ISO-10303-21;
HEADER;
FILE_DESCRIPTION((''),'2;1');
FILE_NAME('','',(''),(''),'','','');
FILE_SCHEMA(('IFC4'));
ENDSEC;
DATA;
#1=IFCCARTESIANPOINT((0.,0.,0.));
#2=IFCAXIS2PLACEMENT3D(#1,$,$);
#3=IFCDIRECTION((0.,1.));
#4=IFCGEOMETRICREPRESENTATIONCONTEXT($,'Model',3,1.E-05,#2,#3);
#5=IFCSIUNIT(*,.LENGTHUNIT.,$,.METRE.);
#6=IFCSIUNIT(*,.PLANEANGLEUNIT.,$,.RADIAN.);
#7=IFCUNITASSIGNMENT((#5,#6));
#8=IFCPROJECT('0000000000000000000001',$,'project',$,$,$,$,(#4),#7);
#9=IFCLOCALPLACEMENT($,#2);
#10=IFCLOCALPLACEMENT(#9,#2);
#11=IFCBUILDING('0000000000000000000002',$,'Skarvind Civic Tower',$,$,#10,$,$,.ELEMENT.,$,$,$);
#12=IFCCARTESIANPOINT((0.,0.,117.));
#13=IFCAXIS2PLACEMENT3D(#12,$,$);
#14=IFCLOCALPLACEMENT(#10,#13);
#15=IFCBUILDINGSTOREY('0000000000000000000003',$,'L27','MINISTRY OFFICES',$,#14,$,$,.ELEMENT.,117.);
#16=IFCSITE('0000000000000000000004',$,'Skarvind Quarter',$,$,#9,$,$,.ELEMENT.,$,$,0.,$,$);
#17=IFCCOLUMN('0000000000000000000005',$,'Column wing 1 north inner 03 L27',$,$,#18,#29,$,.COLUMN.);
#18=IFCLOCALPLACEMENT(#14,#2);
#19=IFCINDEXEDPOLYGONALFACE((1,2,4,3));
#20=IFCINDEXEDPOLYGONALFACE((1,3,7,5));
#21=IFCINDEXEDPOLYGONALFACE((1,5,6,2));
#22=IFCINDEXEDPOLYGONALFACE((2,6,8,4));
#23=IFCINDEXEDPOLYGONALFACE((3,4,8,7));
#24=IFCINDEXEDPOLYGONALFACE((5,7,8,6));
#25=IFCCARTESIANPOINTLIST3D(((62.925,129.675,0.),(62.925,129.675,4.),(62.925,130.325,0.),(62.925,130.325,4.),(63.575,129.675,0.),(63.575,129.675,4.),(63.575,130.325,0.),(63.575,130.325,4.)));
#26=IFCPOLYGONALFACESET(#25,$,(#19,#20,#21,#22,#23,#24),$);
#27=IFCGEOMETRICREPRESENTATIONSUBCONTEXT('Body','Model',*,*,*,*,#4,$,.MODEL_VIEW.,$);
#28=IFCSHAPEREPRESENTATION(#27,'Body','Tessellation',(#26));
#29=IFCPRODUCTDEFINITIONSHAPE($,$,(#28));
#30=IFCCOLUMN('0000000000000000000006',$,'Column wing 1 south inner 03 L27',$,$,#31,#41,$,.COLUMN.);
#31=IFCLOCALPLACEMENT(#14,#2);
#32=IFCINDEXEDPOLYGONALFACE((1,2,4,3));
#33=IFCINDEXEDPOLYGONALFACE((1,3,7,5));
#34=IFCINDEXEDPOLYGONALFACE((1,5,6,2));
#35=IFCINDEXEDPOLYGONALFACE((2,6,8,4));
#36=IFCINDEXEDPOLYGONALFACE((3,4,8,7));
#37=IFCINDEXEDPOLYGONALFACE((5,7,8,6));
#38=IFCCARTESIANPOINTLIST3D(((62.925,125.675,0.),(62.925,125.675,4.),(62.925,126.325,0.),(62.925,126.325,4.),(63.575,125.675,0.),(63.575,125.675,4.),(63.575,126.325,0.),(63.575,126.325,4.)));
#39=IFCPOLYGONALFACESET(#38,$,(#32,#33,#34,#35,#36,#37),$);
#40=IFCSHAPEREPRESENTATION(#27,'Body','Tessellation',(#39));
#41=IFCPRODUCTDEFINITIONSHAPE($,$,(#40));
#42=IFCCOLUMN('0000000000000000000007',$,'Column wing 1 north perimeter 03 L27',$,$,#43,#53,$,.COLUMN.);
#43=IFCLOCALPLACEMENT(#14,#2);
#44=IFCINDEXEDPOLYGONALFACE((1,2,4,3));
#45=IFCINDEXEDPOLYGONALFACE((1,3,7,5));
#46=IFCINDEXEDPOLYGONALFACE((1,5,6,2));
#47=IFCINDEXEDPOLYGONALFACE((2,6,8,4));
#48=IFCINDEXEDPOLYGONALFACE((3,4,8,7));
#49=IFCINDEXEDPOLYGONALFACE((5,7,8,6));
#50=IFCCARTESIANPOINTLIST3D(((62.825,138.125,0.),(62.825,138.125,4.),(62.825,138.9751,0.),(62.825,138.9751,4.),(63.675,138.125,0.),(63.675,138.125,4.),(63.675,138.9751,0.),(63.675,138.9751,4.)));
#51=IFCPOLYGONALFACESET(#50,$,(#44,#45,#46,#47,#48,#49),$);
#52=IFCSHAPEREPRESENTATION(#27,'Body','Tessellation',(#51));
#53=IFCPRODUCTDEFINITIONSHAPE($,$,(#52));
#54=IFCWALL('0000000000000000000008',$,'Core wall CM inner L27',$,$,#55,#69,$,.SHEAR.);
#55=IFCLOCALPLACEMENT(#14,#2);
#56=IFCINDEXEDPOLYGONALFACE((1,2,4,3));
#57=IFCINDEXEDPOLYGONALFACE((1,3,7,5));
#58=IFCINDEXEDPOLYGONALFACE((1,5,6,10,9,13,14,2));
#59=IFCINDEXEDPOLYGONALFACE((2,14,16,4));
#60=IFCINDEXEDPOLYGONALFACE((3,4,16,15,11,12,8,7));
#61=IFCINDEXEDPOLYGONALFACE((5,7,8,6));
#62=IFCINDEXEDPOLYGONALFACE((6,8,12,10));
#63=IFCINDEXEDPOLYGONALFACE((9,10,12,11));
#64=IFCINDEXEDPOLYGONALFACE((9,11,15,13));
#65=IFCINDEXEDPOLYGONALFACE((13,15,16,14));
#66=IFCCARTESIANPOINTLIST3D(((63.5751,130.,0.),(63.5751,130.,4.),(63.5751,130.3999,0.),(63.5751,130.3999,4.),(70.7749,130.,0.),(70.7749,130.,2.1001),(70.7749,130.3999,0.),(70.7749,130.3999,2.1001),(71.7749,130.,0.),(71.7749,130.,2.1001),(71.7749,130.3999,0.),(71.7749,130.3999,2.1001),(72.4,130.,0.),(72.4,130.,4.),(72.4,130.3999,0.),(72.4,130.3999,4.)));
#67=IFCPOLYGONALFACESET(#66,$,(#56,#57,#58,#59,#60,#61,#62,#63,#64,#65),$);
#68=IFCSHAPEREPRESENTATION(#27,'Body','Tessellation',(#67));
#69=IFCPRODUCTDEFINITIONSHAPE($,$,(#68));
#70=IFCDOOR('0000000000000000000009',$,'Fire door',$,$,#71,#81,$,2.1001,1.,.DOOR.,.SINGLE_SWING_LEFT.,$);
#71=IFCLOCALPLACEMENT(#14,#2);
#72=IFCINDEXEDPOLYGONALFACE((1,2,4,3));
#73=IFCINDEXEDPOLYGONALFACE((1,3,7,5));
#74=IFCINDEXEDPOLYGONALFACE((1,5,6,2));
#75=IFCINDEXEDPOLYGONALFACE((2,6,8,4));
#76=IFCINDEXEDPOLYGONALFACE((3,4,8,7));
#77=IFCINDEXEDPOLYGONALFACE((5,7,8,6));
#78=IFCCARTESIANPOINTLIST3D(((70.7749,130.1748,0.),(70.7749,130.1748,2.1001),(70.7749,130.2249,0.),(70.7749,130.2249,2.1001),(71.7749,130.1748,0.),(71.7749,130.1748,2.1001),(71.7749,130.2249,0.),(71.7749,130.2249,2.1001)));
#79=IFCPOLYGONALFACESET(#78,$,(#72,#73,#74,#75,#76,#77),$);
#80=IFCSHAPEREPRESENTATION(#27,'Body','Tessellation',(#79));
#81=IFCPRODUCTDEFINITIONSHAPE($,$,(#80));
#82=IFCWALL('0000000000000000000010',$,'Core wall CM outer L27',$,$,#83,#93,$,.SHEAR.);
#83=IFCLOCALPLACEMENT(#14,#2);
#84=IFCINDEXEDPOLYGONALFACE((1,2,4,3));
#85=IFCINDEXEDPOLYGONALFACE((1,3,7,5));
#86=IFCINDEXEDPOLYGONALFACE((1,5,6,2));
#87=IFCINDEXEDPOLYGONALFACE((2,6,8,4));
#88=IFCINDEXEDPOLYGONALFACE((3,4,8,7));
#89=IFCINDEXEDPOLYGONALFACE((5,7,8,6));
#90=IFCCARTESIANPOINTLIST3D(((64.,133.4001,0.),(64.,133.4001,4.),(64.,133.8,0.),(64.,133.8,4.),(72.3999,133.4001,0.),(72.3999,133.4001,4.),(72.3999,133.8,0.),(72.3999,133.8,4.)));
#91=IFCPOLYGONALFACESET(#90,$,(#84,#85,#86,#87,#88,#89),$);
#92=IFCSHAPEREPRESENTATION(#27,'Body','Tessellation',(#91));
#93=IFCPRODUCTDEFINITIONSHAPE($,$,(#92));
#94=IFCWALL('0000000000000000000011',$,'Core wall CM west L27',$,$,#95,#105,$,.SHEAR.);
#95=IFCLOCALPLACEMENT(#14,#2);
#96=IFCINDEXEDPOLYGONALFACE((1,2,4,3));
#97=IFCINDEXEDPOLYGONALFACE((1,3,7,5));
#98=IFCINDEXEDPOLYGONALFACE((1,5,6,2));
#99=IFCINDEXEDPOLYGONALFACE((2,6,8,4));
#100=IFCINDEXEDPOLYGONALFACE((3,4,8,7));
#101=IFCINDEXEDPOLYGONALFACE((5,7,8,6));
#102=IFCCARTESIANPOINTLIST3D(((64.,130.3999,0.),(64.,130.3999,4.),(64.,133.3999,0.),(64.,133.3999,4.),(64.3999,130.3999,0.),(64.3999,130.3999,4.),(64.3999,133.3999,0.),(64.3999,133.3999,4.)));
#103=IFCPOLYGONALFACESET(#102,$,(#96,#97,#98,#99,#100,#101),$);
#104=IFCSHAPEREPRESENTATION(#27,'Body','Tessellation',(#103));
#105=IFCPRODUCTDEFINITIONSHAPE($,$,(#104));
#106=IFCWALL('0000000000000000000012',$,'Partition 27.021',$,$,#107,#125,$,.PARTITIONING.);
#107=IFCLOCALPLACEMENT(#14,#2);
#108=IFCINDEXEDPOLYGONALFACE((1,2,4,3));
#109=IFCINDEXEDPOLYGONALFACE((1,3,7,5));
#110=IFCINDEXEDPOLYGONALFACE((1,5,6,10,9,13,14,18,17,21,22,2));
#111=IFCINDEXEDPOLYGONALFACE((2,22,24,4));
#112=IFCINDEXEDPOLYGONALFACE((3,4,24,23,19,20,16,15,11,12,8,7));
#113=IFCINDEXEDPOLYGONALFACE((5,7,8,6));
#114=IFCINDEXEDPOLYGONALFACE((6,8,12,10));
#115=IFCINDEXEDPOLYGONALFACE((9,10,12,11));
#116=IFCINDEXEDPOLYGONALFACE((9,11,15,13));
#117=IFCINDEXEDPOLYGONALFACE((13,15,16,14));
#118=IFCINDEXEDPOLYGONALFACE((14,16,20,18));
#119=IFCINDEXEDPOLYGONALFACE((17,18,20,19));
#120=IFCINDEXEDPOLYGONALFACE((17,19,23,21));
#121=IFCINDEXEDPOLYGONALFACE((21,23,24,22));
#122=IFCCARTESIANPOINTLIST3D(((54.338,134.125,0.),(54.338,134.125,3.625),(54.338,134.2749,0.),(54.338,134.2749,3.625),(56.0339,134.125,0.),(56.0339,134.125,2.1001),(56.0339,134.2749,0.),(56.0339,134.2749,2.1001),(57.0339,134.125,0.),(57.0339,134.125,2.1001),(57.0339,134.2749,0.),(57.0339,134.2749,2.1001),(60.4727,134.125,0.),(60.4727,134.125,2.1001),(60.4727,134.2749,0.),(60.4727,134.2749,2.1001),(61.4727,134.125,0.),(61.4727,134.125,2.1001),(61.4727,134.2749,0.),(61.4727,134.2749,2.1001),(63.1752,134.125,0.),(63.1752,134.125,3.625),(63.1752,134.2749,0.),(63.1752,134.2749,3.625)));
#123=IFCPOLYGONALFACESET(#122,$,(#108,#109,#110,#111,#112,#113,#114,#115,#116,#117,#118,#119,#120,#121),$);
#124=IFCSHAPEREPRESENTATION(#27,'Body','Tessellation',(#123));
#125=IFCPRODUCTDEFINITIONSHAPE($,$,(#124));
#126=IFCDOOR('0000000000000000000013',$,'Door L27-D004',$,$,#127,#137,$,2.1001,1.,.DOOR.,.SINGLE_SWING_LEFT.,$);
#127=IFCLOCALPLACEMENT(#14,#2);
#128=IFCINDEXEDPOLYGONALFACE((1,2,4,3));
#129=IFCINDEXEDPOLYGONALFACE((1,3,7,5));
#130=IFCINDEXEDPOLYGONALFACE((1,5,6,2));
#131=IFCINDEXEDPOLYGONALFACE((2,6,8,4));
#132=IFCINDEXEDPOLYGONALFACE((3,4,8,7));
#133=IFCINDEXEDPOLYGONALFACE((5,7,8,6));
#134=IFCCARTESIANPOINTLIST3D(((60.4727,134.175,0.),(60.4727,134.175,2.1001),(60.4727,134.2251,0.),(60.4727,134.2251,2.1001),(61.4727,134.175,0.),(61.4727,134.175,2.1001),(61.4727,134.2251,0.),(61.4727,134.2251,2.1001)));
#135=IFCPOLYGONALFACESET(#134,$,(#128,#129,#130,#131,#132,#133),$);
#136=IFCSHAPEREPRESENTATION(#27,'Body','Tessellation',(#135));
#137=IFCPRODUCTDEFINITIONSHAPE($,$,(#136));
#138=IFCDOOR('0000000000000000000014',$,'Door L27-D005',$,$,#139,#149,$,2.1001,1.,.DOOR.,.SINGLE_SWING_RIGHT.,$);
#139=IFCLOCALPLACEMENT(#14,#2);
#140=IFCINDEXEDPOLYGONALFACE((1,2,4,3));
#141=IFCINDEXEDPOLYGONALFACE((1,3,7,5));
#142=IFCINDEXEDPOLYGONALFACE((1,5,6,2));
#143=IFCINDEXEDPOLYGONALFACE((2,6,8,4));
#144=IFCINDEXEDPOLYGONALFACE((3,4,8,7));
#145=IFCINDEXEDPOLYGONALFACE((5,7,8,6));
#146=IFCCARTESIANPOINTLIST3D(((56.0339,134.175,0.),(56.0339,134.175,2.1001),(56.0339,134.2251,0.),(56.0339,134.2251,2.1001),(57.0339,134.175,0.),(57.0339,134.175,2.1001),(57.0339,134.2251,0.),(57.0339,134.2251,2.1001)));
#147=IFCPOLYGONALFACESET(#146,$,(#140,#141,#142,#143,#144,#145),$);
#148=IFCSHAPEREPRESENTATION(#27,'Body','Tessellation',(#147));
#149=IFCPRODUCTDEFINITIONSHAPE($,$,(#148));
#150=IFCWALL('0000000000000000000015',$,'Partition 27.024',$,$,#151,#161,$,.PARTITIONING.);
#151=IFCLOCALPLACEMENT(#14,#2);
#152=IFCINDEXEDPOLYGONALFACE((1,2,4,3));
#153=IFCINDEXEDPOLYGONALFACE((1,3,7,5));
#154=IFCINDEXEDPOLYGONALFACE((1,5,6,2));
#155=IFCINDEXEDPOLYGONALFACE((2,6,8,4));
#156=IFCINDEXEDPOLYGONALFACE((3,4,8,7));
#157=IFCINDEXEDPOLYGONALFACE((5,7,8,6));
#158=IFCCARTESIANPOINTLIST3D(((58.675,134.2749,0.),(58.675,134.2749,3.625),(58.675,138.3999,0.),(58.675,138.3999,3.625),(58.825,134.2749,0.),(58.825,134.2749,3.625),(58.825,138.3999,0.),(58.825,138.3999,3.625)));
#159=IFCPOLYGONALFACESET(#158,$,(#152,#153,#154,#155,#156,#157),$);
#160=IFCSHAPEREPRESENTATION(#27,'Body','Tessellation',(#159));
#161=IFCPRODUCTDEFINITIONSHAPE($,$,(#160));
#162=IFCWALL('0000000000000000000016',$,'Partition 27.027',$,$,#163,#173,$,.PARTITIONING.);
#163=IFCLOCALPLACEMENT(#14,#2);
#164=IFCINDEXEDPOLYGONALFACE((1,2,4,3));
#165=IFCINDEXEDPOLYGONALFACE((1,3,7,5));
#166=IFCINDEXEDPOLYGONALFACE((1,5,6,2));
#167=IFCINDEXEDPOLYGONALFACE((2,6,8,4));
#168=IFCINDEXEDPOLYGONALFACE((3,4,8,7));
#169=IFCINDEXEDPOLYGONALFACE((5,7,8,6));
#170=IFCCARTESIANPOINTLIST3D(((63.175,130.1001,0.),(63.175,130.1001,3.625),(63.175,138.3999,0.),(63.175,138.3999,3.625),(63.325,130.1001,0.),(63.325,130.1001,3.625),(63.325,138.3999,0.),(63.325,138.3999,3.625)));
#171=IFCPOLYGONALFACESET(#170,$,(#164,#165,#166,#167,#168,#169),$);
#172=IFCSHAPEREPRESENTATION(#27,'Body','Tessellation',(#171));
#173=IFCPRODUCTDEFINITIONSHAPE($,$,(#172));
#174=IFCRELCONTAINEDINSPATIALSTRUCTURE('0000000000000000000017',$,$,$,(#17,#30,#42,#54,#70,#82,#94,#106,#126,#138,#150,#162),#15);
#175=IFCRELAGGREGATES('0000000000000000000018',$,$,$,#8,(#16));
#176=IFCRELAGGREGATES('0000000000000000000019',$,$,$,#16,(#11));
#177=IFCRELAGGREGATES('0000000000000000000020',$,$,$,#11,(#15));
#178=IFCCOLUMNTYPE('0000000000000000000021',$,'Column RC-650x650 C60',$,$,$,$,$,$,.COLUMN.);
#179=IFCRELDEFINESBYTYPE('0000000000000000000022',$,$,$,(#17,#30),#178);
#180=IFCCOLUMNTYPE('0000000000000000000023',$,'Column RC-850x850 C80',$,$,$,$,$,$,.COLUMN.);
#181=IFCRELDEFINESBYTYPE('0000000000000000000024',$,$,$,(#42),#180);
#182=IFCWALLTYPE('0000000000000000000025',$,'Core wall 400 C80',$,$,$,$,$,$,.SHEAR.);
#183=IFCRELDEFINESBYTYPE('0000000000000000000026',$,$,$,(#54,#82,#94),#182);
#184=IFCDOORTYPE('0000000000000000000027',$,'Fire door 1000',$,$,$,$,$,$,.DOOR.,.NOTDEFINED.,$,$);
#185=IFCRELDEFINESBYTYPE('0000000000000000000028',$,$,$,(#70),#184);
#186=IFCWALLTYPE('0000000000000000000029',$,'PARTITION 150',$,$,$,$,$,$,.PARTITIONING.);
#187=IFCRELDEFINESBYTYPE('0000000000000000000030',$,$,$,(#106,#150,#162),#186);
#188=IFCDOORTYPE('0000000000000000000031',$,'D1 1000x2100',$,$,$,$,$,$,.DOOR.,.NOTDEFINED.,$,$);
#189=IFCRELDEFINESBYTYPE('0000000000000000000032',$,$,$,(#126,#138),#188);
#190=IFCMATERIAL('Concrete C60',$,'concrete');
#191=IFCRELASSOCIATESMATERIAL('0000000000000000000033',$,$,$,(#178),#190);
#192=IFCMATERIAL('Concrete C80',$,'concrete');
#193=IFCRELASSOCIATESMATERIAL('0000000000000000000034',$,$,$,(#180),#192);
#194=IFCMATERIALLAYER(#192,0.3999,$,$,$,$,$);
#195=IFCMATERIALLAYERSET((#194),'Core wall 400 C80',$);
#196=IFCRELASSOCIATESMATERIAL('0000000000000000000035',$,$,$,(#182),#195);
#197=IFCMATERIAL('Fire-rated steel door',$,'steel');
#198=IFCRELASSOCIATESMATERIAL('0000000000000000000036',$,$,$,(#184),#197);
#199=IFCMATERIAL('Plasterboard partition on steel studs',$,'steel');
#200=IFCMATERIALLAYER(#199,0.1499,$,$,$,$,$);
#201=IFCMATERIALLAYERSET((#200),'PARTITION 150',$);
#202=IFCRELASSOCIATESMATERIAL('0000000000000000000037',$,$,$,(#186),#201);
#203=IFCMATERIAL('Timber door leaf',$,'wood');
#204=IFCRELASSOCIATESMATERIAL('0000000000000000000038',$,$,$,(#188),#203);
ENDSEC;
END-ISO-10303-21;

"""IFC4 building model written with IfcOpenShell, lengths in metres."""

from ifc_helpers import new_model, si_unit, direction, frame, frame_2d, origin, origin_2d, place, context, subcontext, project, spatial, rectangle, extrude, material, layer, layer_set, material_profile, profile_set, type_object, element, fill, save


model = new_model("IFC4")

# Units and contexts
model_context = context("Model", 3, precision=1e-05, world=origin(), true_north=direction((0.0, 1.0)))
body_context = subcontext(model_context, "Body", "Model", "MODEL_VIEW")
ifc_project = project(units=[si_unit("LENGTHUNIT", "METRE"), si_unit("PLANEANGLEUNIT", "RADIAN")], contexts=[model_context])

# Site, building, storey
site_placement = place(None, origin())
site = spatial("IfcSite", under=ifc_project, at=site_placement, Name="Skarvind Quarter", CompositionType="ELEMENT", RefElevation=0.0)
building_placement = place(site_placement, origin())
building = spatial("IfcBuilding", under=site, at=building_placement, Name="Skarvind Civic Tower", CompositionType="ELEMENT")
storey_placement = place(building_placement, frame((0.0, 0.0, 117.0)))
storey = spatial("IfcBuildingStorey", under=building, at=storey_placement, Name="L27", Description="MINISTRY OFFICES", CompositionType="ELEMENT", Elevation=117.0)

# Columns
ifc_material_1 = material(Name="Concrete C60", Category="concrete")
ifc_material_profile_1 = material_profile(ifc_material_1, rectangle(XDim=0.6499, YDim=0.6499, at=origin_2d()), Name="RC-650x650")
ifc_profile_set_1 = profile_set([ifc_material_profile_1], Name="Concrete C60")
column_type_1 = type_object("IfcColumnType", Name="Column RC-650x650 C60", PredefinedType="COLUMN", material=ifc_profile_set_1)
for number, where, z_axis, x_axis, name in (
    (1, (63.25, 130.0, 0.0), (0.0, 0.0, 1.0), (1.0, 0.0, 0.0), "Column wing 1 north inner 03 L27"),
    (2, (63.25, 126.0, 0.0), (0.0, 0.0, 1.0), (1.0, 0.0, 0.0), "Column wing 1 south inner 03 L27"),
):
    element("IfcColumn", number, at=place(storey_placement, frame(where, z_axis=z_axis, x_axis=x_axis)), inside=storey, type_object=column_type_1, Name=name, PredefinedType="COLUMN", context=body_context, shape_type="SweptSolid", body=[
        extrude(rectangle(XDim=0.6499, YDim=0.6499, at=origin_2d()), origin(), (0.0, 0.0, 1.0), 4.0),
    ])
ifc_material_2 = material(Name="Concrete C80", Category="concrete")
ifc_material_profile_2 = material_profile(ifc_material_2, rectangle(XDim=0.8501, YDim=0.8501, at=origin_2d()), Name="RC-850x850")
ifc_profile_set_2 = profile_set([ifc_material_profile_2], Name="Concrete C80")
column_type_2 = type_object("IfcColumnType", Name="Column RC-850x850 C80", PredefinedType="COLUMN", material=ifc_profile_set_2)
column_placement = place(storey_placement, frame((63.25, 138.55, 0.0), z_axis=(0.0, 0.0, 1.0), x_axis=(1.0, 0.0, 0.0)))
element("IfcColumn", 3, at=column_placement, inside=storey, type_object=column_type_2, Name="Column wing 1 north perimeter 03 L27", PredefinedType="COLUMN", context=body_context, shape_type="SweptSolid", body=[
    extrude(rectangle(XDim=0.8501, YDim=0.8501, at=origin_2d()), origin(), (0.0, 0.0, 1.0), 4.0),
])

# Wall, opening, door
ifc_layer_1 = layer(ifc_material_2, 0.3999)
ifc_layer_set_1 = layer_set([ifc_layer_1], Name="Core wall 400 C80")
wall_type_1 = type_object("IfcWallType", Name="Core wall 400 C80", PredefinedType="SHEAR", material=ifc_layer_set_1)
wall_1_placement = place(storey_placement, frame((63.575, 130.2, 0.0), z_axis=(0.0, 0.0, 1.0), x_axis=(1.0, 0.0, 0.0)))
wall_1 = element("IfcWall", 4, at=wall_1_placement, inside=storey, type_object=wall_type_1, Name="Core wall CM inner L27", PredefinedType="SHEAR", context=body_context, shape_type="SweptSolid", body=[
    extrude(rectangle(XDim=8.825, YDim=0.3999, at=frame_2d((4.4126, 0.0))), origin(), (0.0, 0.0, 1.0), 4.0),
])
opening_1_placement = place(wall_1_placement, frame((7.2, 0.0, 0.0)))
opening_1 = element("IfcOpeningElement", 5, at=opening_1_placement, cuts=wall_1, PredefinedType="OPENING", context=body_context, shape_type="SweptSolid", body=[
    extrude(rectangle(XDim=1.0, YDim=2.1001, at=frame_2d((0.5, 1.05))), frame((0.0, 0.21, 0.0), z_axis=(0.0, -1.0, 0.0), x_axis=(1.0, 0.0, 0.0)), (0.0, 0.0, 1.0), 0.4199),
])
ifc_material_3 = material(Name="Fire-rated steel door", Category="steel")
door_type_1 = type_object("IfcDoorType", Name="Fire door 1000", OperationType="NOTDEFINED", PredefinedType="DOOR", material=ifc_material_3)
door_1_placement = place(opening_1_placement, origin())
door_1 = element("IfcDoor", 6, at=door_1_placement, inside=storey, type_object=door_type_1, Name="Fire door", OperationType="SINGLE_SWING_LEFT", OverallHeight=2.1001, OverallWidth=1.0, PredefinedType="DOOR", context=body_context, shape_type="SweptSolid", body=[
    extrude(rectangle(XDim=1.0, YDim=2.1001, at=frame_2d((0.5, 1.05))), frame((0.0, 0.0249, 0.0), z_axis=(0.0, -1.0, 0.0), x_axis=(1.0, 0.0, 0.0)), (0.0, 0.0, 1.0), 0.05),
])
fill(opening_1, door_1)

# Walls
wall_2_placement = place(storey_placement, frame((64.0, 133.6001, 0.0), z_axis=(0.0, 0.0, 1.0), x_axis=(1.0, 0.0, 0.0)))
element("IfcWall", 7, at=wall_2_placement, inside=storey, type_object=wall_type_1, Name="Core wall CM outer L27", PredefinedType="SHEAR", context=body_context, shape_type="SweptSolid", body=[
    extrude(rectangle(XDim=8.3999, YDim=0.3999, at=frame_2d((4.2, 0.0))), origin(), (0.0, 0.0, 1.0), 4.0),
])
wall_3_placement = place(storey_placement, frame((64.2, 130.3999, 0.0), z_axis=(0.0, 0.0, 1.0), x_axis=(0.0, 1.0, 0.0)))
element("IfcWall", 8, at=wall_3_placement, inside=storey, type_object=wall_type_1, Name="Core wall CM west L27", PredefinedType="SHEAR", context=body_context, shape_type="SweptSolid", body=[
    extrude(rectangle(XDim=3.0, YDim=0.3999, at=frame_2d((1.5, 0.0))), origin(), (0.0, 0.0, 1.0), 4.0),
])

# Wall, openings, doors
ifc_material_4 = material(Name="Plasterboard partition on steel studs", Category="steel")
ifc_layer_2 = layer(ifc_material_4, 0.1499)
ifc_layer_set_2 = layer_set([ifc_layer_2], Name="PARTITION 150")
wall_type_2 = type_object("IfcWallType", Name="PARTITION 150", PredefinedType="PARTITIONING", material=ifc_layer_set_2)
wall_4_placement = place(storey_placement, frame((63.175, 134.2, 0.0), z_axis=(0.0, 0.0, 1.0), x_axis=(-1.0, 0.0, 0.0)))
wall_4 = element("IfcWall", 9, at=wall_4_placement, inside=storey, type_object=wall_type_2, Name="Partition 27.021", PredefinedType="PARTITIONING", context=body_context, shape_type="SweptSolid", body=[
    extrude(rectangle(XDim=8.8372, YDim=0.1499, at=frame_2d((4.4185, 0.0))), origin(), (0.0, 0.0, 1.0), 3.625),
])
opening_2_placement = place(wall_4_placement, frame((1.7024, 0.0, 0.0)))
opening_2 = element("IfcOpeningElement", 10, at=opening_2_placement, cuts=wall_4, PredefinedType="OPENING", context=body_context, shape_type="SweptSolid", body=[
    extrude(rectangle(XDim=1.0, YDim=2.1001, at=frame_2d((0.5, 1.05))), frame((0.0, 0.085, 0.0), z_axis=(0.0, -1.0, 0.0), x_axis=(1.0, 0.0, 0.0)), (0.0, 0.0, 1.0), 0.1699),
])
opening_3_placement = place(wall_4_placement, frame((6.1411, 0.0, 0.0)))
opening_3 = element("IfcOpeningElement", 11, at=opening_3_placement, cuts=wall_4, PredefinedType="OPENING", context=body_context, shape_type="SweptSolid", body=[
    extrude(rectangle(XDim=1.0, YDim=2.1001, at=frame_2d((0.5, 1.05))), frame((0.0, 0.085, 0.0), z_axis=(0.0, -1.0, 0.0), x_axis=(1.0, 0.0, 0.0)), (0.0, 0.0, 1.0), 0.1699),
])
ifc_material_5 = material(Name="Timber door leaf", Category="wood")
door_type_2 = type_object("IfcDoorType", Name="D1 1000x2100", OperationType="NOTDEFINED", PredefinedType="DOOR", material=ifc_material_5)
door_2_placement = place(opening_2_placement, origin())
door_2 = element("IfcDoor", 12, at=door_2_placement, inside=storey, type_object=door_type_2, Name="Door L27-D004", OperationType="SINGLE_SWING_LEFT", OverallHeight=2.1001, OverallWidth=1.0, PredefinedType="DOOR", context=body_context, shape_type="SweptSolid", body=[
    extrude(rectangle(XDim=1.0, YDim=2.1001, at=frame_2d((0.5, 1.05))), frame((0.0, 0.0249, 0.0), z_axis=(0.0, -1.0, 0.0), x_axis=(1.0, 0.0, 0.0)), (0.0, 0.0, 1.0), 0.05),
])
fill(opening_2, door_2)
door_3_placement = place(opening_3_placement, origin())
door_3 = element("IfcDoor", 13, at=door_3_placement, inside=storey, type_object=door_type_2, Name="Door L27-D005", OperationType="SINGLE_SWING_RIGHT", OverallHeight=2.1001, OverallWidth=1.0, PredefinedType="DOOR", context=body_context, shape_type="SweptSolid", body=[
    extrude(rectangle(XDim=1.0, YDim=2.1001, at=frame_2d((0.5, 1.05))), frame((0.0, 0.0249, 0.0), z_axis=(0.0, -1.0, 0.0), x_axis=(1.0, 0.0, 0.0)), (0.0, 0.0, 1.0), 0.05),
])
fill(opening_3, door_3)

# Walls
wall_5_placement = place(storey_placement, frame((58.75, 134.2749, 0.0), z_axis=(0.0, 0.0, 1.0), x_axis=(0.0, 1.0, 0.0)))
element("IfcWall", 14, at=wall_5_placement, inside=storey, type_object=wall_type_2, Name="Partition 27.024", PredefinedType="PARTITIONING", context=body_context, shape_type="SweptSolid", body=[
    extrude(rectangle(XDim=4.125, YDim=0.1499, at=frame_2d((2.0625, 0.0))), origin(), (0.0, 0.0, 1.0), 3.625),
])
wall_6_placement = place(storey_placement, frame((63.25, 130.1001, 0.0), z_axis=(0.0, 0.0, 1.0), x_axis=(0.0, 1.0, 0.0)))
element("IfcWall", 15, at=wall_6_placement, inside=storey, type_object=wall_type_2, Name="Partition 27.027", PredefinedType="PARTITIONING", context=body_context, shape_type="SweptSolid", body=[
    extrude(rectangle(XDim=8.2998, YDim=0.1499, at=frame_2d((4.1499, 0.0))), origin(), (0.0, 0.0, 1.0), 3.625),
])

save(model, "model.ifc")
